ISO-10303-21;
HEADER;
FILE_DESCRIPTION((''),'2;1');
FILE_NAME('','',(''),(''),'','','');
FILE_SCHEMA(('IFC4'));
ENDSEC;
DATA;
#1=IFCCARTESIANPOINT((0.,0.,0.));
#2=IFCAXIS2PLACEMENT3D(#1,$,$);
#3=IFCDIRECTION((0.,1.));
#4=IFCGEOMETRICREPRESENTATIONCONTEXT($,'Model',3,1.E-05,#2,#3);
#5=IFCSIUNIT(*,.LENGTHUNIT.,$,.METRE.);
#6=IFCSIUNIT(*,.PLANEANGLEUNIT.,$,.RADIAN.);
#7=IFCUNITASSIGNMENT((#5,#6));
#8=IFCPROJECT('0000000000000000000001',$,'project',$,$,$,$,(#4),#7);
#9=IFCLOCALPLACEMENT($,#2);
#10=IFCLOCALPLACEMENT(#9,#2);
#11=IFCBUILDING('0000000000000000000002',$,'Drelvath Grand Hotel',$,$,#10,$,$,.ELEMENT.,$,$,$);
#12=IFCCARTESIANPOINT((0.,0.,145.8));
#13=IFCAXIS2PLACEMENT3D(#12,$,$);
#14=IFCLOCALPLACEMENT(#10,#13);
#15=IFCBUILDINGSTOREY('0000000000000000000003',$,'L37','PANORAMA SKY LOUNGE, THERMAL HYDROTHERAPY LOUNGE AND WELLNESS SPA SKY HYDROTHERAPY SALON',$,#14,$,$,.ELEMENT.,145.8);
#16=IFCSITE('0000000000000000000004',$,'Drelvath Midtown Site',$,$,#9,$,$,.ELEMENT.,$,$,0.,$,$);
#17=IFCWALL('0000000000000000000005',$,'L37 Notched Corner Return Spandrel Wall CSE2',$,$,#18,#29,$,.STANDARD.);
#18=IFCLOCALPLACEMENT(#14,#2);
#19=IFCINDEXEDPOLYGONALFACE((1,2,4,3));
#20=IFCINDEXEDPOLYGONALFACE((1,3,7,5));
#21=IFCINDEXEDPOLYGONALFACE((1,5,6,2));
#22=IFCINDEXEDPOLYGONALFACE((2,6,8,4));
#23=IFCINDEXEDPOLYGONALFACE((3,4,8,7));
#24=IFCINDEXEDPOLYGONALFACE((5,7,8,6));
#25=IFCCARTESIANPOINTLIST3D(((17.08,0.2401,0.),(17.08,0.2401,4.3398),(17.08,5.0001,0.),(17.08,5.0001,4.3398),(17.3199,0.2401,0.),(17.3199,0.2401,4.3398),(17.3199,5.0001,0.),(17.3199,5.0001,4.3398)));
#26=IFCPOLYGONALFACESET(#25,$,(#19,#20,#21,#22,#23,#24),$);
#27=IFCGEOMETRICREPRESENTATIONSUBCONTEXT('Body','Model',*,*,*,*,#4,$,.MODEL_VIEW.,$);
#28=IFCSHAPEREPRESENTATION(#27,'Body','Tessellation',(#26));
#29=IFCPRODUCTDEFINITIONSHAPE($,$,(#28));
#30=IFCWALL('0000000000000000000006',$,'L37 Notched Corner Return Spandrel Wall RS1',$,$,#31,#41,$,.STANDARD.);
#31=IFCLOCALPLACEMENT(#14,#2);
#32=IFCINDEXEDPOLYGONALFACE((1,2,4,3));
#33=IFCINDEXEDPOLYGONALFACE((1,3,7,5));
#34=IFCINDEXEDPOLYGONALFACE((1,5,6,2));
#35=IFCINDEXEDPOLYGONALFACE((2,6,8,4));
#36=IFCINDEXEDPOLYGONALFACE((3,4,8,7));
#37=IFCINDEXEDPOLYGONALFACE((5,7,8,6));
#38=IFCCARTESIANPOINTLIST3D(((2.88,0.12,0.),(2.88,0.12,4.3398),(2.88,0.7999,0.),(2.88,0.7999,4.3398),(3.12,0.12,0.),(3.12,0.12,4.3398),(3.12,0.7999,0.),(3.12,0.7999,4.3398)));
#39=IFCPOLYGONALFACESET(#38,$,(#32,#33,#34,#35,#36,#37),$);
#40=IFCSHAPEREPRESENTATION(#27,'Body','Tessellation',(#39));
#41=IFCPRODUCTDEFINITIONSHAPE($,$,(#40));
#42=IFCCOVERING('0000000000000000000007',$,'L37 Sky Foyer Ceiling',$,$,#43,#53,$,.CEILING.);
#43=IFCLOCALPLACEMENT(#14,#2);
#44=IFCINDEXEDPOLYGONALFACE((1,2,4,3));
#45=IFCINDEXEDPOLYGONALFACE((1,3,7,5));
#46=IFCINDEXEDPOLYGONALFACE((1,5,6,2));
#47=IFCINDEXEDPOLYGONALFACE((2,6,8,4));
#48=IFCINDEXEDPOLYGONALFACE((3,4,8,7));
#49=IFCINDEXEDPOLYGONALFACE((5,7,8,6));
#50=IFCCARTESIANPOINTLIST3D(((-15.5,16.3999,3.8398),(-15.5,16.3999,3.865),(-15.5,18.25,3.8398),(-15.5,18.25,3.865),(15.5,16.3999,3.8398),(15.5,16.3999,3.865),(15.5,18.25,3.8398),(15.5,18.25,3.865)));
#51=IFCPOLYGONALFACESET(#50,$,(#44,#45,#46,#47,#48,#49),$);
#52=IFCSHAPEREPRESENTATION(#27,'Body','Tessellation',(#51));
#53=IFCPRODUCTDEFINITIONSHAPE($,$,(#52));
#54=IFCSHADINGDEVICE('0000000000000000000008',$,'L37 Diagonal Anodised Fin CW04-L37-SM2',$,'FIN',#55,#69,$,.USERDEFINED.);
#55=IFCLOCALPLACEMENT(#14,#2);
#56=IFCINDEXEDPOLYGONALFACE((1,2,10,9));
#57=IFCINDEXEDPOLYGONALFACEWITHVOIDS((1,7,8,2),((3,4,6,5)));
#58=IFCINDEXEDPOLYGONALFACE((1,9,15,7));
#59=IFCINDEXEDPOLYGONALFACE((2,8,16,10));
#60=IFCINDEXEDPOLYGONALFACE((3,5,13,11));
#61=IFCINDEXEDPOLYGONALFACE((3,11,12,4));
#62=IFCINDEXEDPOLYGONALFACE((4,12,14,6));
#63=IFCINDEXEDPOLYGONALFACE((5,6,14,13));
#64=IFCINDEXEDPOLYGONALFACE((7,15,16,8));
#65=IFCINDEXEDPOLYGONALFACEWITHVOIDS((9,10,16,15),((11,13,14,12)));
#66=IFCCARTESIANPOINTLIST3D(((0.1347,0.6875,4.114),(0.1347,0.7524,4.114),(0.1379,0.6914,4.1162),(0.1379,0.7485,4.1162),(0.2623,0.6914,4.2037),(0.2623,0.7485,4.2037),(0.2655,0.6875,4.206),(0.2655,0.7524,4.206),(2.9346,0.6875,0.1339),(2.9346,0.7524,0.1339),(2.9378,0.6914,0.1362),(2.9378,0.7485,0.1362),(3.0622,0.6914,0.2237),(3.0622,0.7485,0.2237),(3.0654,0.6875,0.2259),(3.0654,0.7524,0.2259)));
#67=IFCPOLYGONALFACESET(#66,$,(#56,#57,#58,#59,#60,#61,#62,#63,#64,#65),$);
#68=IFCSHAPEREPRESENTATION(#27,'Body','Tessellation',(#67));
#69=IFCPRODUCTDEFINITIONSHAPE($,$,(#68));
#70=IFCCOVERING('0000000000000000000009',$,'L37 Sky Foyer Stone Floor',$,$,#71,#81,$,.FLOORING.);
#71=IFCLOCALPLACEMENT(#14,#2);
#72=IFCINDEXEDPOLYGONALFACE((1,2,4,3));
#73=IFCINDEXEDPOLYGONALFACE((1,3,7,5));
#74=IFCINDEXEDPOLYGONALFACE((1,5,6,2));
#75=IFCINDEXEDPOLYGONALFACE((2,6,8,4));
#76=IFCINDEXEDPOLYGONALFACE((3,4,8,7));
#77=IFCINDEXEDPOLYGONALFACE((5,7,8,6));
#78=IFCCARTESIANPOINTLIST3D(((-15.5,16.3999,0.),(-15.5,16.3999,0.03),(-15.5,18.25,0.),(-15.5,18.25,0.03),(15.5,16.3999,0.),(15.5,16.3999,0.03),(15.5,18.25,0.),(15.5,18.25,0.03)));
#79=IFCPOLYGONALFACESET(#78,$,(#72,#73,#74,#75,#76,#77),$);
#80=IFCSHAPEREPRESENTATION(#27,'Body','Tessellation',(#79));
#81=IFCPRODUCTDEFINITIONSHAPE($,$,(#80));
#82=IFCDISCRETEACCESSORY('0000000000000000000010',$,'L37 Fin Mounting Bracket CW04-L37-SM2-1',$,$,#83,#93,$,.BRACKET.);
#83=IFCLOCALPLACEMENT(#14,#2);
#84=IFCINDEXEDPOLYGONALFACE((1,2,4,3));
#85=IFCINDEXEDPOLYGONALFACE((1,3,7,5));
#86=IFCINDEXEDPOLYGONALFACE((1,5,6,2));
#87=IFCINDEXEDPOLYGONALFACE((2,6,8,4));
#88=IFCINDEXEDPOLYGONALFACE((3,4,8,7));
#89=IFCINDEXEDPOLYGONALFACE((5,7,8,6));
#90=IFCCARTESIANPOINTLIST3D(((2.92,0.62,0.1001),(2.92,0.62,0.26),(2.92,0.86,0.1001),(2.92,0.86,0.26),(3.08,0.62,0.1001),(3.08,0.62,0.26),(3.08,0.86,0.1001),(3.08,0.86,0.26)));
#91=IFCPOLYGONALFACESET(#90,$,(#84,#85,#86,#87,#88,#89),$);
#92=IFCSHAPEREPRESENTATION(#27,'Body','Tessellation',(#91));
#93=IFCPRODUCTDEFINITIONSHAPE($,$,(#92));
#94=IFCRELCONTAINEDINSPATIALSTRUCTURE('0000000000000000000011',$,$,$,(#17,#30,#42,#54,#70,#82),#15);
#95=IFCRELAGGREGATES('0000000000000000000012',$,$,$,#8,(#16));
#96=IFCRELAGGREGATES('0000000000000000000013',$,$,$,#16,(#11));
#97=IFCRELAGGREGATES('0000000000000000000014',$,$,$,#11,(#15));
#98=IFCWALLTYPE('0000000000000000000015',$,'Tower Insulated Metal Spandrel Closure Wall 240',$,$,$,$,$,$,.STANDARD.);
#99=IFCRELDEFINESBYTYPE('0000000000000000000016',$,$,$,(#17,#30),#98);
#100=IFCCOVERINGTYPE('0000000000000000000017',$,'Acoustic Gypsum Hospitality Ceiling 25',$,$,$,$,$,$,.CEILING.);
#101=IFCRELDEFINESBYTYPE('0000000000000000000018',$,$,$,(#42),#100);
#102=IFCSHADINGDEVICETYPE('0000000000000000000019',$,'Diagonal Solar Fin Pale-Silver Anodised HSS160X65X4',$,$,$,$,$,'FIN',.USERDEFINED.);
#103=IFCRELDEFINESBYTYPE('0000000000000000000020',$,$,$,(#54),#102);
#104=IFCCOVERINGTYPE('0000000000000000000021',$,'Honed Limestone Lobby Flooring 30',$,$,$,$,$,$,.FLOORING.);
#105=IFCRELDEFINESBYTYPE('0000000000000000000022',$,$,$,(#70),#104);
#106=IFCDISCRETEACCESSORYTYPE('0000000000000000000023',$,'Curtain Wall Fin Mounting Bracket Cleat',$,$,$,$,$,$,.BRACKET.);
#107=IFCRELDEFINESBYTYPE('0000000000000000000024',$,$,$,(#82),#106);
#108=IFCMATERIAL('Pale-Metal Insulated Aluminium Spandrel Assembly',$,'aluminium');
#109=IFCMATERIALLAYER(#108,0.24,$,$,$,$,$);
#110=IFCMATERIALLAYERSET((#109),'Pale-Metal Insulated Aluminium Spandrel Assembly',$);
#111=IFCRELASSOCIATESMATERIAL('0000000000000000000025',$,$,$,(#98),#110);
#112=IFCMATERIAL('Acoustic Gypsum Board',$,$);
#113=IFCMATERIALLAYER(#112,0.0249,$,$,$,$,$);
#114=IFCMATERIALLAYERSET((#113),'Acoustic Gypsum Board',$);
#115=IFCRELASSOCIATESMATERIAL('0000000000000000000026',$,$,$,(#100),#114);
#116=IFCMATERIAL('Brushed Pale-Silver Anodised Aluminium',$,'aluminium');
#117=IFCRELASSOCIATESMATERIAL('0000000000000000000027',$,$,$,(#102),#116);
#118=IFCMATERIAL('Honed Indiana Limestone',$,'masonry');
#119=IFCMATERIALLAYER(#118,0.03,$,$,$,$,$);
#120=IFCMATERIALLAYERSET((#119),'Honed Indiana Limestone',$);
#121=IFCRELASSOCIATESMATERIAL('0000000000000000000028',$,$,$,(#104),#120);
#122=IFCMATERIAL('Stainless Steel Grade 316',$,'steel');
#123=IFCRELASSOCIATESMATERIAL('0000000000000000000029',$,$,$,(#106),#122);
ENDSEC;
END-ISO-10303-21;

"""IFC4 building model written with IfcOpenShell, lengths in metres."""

from ifc_helpers import new_model, si_unit, direction, frame, frame_2d, origin, origin_2d, place, context, subcontext, project, spatial, polyline, rectangle, hollow_rectangle, outline, extrude, material, layer, layer_set, material_profile, profile_set, type_object, element, save


model = new_model("IFC4")

# Units and contexts
model_context = context("Model", 3, precision=1e-05, world=origin(), true_north=direction((0.0, 1.0)))
body_context = subcontext(model_context, "Body", "Model", "MODEL_VIEW")
ifc_project = project(units=[si_unit("LENGTHUNIT", "METRE"), si_unit("PLANEANGLEUNIT", "RADIAN")], contexts=[model_context])

# Site, building, storey
site_placement = place(None, origin())
site = spatial("IfcSite", under=ifc_project, at=site_placement, Name="Drelvath Midtown Site", CompositionType="ELEMENT", RefElevation=0.0)
building_placement = place(site_placement, origin())
building = spatial("IfcBuilding", under=site, at=building_placement, Name="Drelvath Grand Hotel", CompositionType="ELEMENT")
storey_placement = place(building_placement, frame((0.0, 0.0, 145.8)))
storey = spatial("IfcBuildingStorey", under=building, at=storey_placement, Name="L37", Description="PANORAMA SKY LOUNGE, THERMAL HYDROTHERAPY LOUNGE AND WELLNESS SPA SKY HYDROTHERAPY SALON", CompositionType="ELEMENT", Elevation=145.8)

# Walls
ifc_material_1 = material(Name="Pale-Metal Insulated Aluminium Spandrel Assembly", Category="aluminium")
ifc_layer_1 = layer(ifc_material_1, 0.24)
ifc_layer_set_1 = layer_set([ifc_layer_1], Name="Pale-Metal Insulated Aluminium Spandrel Assembly")
wall_type_1 = type_object("IfcWallType", Name="Tower Insulated Metal Spandrel Closure Wall 240", PredefinedType="STANDARD", material=ifc_layer_set_1)
wall_1_placement = place(storey_placement, frame((17.2, 5.0, 0.0), z_axis=(0.0, 0.0, 1.0), x_axis=(0.0, -1.0, 0.0)))
element("IfcWall", 1, at=wall_1_placement, inside=storey, type_object=wall_type_1, Name="L37 Notched Corner Return Spandrel Wall CSE2", PredefinedType="STANDARD", context=body_context, shape_type="SweptSolid", body=[
    extrude(rectangle(XDim=4.76, YDim=0.24, at=frame_2d((2.3799, 0.0))), origin(), (0.0, 0.0, 1.0), 4.3398),
])
wall_2_placement = place(storey_placement, frame((3.0, 0.1201, 0.0), z_axis=(0.0, 0.0, 1.0), x_axis=(0.0, 1.0, 0.0)))
element("IfcWall", 2, at=wall_2_placement, inside=storey, type_object=wall_type_1, Name="L37 Notched Corner Return Spandrel Wall RS1", PredefinedType="STANDARD", context=body_context, shape_type="SweptSolid", body=[
    extrude(rectangle(XDim=0.6799, YDim=0.24, at=frame_2d((0.3398, 0.0))), origin(), (0.0, 0.0, 1.0), 4.3398),
])

# Covering
ifc_material_2 = material(Name="Acoustic Gypsum Board")
ifc_layer_2 = layer(ifc_material_2, 0.0249)
ifc_layer_set_2 = layer_set([ifc_layer_2], Name="Acoustic Gypsum Board")
covering_type_1 = type_object("IfcCoveringType", Name="Acoustic Gypsum Hospitality Ceiling 25", PredefinedType="CEILING", material=ifc_layer_set_2)
covering_1_placement = place(storey_placement, frame((0.0, 0.0, 3.8398)))
element("IfcCovering", 3, at=covering_1_placement, inside=storey, type_object=covering_type_1, Name="L37 Sky Foyer Ceiling", PredefinedType="CEILING", context=body_context, shape_type="SweptSolid", body=[
    extrude(outline(polyline([(15.5, 16.3999), (15.5, 18.25), (-15.5, 18.25), (-15.5, 16.3999), (15.5, 16.3999)])), origin(), (0.0, 0.0, 1.0), 0.0251),
])

# Shading device
ifc_material_3 = material(Name="Brushed Pale-Silver Anodised Aluminium", Category="aluminium")
ifc_material_profile_1 = material_profile(ifc_material_3, hollow_rectangle(XDim=0.0649, YDim=0.1599, WallThickness=0.0039, at=origin_2d()), Name="HSS160X65X4")
ifc_profile_set_1 = profile_set([ifc_material_profile_1], Name="Brushed Pale-Silver Anodised Aluminium")
shading_device_type = type_object("IfcShadingDeviceType", Name="Diagonal Solar Fin Pale-Silver Anodised HSS160X65X4", ElementType="FIN", PredefinedType="USERDEFINED", material=ifc_profile_set_1)
shading_device_placement = place(storey_placement, frame((3.0, 0.72, 0.1799), z_axis=(-0.575367, 0.0, 0.817896), x_axis=(0.0, -1.0, 0.0)))
element("IfcShadingDevice", 4, at=shading_device_placement, inside=storey, type_object=shading_device_type, Name="L37 Diagonal Anodised Fin CW04-L37-SM2", ObjectType="FIN", PredefinedType="USERDEFINED", context=body_context, shape_type="SweptSolid", body=[
    extrude(hollow_rectangle(XDim=0.0649, YDim=0.1599, WallThickness=0.0039, at=origin_2d()), origin(), (0.0, 0.0, 1.0), 4.8662),
])

# Covering
ifc_material_4 = material(Name="Honed Indiana Limestone", Category="masonry")
ifc_layer_3 = layer(ifc_material_4, 0.03)
ifc_layer_set_3 = layer_set([ifc_layer_3], Name="Honed Indiana Limestone")
covering_type_2 = type_object("IfcCoveringType", Name="Honed Limestone Lobby Flooring 30", PredefinedType="FLOORING", material=ifc_layer_set_3)
covering_2_placement = place(storey_placement, origin())
element("IfcCovering", 5, at=covering_2_placement, inside=storey, type_object=covering_type_2, Name="L37 Sky Foyer Stone Floor", PredefinedType="FLOORING", context=body_context, shape_type="SweptSolid", body=[
    extrude(outline(polyline([(15.5, 16.3999), (15.5, 18.25), (-15.5, 18.25), (-15.5, 16.3999), (15.5, 16.3999)])), origin(), (0.0, 0.0, 1.0), 0.03),
])

# Discrete accessory
ifc_material_5 = material(Name="Stainless Steel Grade 316", Category="steel")
discrete_accessory_type = type_object("IfcDiscreteAccessoryType", Name="Curtain Wall Fin Mounting Bracket Cleat", PredefinedType="BRACKET", material=ifc_material_5)
discrete_accessory_placement = place(storey_placement, frame((3.0, 0.74, 0.1001), z_axis=(0.0, 0.0, 1.0), x_axis=(-1.0, 0.0, 0.0)))
element("IfcDiscreteAccessory", 6, at=discrete_accessory_placement, inside=storey, type_object=discrete_accessory_type, Name="L37 Fin Mounting Bracket CW04-L37-SM2-1", PredefinedType="BRACKET", context=body_context, shape_type="SweptSolid", body=[
    extrude(rectangle(XDim=0.1599, YDim=0.24, at=origin_2d()), origin(), (0.0, 0.0, 1.0), 0.1599),
])

save(model, "model.ifc")
